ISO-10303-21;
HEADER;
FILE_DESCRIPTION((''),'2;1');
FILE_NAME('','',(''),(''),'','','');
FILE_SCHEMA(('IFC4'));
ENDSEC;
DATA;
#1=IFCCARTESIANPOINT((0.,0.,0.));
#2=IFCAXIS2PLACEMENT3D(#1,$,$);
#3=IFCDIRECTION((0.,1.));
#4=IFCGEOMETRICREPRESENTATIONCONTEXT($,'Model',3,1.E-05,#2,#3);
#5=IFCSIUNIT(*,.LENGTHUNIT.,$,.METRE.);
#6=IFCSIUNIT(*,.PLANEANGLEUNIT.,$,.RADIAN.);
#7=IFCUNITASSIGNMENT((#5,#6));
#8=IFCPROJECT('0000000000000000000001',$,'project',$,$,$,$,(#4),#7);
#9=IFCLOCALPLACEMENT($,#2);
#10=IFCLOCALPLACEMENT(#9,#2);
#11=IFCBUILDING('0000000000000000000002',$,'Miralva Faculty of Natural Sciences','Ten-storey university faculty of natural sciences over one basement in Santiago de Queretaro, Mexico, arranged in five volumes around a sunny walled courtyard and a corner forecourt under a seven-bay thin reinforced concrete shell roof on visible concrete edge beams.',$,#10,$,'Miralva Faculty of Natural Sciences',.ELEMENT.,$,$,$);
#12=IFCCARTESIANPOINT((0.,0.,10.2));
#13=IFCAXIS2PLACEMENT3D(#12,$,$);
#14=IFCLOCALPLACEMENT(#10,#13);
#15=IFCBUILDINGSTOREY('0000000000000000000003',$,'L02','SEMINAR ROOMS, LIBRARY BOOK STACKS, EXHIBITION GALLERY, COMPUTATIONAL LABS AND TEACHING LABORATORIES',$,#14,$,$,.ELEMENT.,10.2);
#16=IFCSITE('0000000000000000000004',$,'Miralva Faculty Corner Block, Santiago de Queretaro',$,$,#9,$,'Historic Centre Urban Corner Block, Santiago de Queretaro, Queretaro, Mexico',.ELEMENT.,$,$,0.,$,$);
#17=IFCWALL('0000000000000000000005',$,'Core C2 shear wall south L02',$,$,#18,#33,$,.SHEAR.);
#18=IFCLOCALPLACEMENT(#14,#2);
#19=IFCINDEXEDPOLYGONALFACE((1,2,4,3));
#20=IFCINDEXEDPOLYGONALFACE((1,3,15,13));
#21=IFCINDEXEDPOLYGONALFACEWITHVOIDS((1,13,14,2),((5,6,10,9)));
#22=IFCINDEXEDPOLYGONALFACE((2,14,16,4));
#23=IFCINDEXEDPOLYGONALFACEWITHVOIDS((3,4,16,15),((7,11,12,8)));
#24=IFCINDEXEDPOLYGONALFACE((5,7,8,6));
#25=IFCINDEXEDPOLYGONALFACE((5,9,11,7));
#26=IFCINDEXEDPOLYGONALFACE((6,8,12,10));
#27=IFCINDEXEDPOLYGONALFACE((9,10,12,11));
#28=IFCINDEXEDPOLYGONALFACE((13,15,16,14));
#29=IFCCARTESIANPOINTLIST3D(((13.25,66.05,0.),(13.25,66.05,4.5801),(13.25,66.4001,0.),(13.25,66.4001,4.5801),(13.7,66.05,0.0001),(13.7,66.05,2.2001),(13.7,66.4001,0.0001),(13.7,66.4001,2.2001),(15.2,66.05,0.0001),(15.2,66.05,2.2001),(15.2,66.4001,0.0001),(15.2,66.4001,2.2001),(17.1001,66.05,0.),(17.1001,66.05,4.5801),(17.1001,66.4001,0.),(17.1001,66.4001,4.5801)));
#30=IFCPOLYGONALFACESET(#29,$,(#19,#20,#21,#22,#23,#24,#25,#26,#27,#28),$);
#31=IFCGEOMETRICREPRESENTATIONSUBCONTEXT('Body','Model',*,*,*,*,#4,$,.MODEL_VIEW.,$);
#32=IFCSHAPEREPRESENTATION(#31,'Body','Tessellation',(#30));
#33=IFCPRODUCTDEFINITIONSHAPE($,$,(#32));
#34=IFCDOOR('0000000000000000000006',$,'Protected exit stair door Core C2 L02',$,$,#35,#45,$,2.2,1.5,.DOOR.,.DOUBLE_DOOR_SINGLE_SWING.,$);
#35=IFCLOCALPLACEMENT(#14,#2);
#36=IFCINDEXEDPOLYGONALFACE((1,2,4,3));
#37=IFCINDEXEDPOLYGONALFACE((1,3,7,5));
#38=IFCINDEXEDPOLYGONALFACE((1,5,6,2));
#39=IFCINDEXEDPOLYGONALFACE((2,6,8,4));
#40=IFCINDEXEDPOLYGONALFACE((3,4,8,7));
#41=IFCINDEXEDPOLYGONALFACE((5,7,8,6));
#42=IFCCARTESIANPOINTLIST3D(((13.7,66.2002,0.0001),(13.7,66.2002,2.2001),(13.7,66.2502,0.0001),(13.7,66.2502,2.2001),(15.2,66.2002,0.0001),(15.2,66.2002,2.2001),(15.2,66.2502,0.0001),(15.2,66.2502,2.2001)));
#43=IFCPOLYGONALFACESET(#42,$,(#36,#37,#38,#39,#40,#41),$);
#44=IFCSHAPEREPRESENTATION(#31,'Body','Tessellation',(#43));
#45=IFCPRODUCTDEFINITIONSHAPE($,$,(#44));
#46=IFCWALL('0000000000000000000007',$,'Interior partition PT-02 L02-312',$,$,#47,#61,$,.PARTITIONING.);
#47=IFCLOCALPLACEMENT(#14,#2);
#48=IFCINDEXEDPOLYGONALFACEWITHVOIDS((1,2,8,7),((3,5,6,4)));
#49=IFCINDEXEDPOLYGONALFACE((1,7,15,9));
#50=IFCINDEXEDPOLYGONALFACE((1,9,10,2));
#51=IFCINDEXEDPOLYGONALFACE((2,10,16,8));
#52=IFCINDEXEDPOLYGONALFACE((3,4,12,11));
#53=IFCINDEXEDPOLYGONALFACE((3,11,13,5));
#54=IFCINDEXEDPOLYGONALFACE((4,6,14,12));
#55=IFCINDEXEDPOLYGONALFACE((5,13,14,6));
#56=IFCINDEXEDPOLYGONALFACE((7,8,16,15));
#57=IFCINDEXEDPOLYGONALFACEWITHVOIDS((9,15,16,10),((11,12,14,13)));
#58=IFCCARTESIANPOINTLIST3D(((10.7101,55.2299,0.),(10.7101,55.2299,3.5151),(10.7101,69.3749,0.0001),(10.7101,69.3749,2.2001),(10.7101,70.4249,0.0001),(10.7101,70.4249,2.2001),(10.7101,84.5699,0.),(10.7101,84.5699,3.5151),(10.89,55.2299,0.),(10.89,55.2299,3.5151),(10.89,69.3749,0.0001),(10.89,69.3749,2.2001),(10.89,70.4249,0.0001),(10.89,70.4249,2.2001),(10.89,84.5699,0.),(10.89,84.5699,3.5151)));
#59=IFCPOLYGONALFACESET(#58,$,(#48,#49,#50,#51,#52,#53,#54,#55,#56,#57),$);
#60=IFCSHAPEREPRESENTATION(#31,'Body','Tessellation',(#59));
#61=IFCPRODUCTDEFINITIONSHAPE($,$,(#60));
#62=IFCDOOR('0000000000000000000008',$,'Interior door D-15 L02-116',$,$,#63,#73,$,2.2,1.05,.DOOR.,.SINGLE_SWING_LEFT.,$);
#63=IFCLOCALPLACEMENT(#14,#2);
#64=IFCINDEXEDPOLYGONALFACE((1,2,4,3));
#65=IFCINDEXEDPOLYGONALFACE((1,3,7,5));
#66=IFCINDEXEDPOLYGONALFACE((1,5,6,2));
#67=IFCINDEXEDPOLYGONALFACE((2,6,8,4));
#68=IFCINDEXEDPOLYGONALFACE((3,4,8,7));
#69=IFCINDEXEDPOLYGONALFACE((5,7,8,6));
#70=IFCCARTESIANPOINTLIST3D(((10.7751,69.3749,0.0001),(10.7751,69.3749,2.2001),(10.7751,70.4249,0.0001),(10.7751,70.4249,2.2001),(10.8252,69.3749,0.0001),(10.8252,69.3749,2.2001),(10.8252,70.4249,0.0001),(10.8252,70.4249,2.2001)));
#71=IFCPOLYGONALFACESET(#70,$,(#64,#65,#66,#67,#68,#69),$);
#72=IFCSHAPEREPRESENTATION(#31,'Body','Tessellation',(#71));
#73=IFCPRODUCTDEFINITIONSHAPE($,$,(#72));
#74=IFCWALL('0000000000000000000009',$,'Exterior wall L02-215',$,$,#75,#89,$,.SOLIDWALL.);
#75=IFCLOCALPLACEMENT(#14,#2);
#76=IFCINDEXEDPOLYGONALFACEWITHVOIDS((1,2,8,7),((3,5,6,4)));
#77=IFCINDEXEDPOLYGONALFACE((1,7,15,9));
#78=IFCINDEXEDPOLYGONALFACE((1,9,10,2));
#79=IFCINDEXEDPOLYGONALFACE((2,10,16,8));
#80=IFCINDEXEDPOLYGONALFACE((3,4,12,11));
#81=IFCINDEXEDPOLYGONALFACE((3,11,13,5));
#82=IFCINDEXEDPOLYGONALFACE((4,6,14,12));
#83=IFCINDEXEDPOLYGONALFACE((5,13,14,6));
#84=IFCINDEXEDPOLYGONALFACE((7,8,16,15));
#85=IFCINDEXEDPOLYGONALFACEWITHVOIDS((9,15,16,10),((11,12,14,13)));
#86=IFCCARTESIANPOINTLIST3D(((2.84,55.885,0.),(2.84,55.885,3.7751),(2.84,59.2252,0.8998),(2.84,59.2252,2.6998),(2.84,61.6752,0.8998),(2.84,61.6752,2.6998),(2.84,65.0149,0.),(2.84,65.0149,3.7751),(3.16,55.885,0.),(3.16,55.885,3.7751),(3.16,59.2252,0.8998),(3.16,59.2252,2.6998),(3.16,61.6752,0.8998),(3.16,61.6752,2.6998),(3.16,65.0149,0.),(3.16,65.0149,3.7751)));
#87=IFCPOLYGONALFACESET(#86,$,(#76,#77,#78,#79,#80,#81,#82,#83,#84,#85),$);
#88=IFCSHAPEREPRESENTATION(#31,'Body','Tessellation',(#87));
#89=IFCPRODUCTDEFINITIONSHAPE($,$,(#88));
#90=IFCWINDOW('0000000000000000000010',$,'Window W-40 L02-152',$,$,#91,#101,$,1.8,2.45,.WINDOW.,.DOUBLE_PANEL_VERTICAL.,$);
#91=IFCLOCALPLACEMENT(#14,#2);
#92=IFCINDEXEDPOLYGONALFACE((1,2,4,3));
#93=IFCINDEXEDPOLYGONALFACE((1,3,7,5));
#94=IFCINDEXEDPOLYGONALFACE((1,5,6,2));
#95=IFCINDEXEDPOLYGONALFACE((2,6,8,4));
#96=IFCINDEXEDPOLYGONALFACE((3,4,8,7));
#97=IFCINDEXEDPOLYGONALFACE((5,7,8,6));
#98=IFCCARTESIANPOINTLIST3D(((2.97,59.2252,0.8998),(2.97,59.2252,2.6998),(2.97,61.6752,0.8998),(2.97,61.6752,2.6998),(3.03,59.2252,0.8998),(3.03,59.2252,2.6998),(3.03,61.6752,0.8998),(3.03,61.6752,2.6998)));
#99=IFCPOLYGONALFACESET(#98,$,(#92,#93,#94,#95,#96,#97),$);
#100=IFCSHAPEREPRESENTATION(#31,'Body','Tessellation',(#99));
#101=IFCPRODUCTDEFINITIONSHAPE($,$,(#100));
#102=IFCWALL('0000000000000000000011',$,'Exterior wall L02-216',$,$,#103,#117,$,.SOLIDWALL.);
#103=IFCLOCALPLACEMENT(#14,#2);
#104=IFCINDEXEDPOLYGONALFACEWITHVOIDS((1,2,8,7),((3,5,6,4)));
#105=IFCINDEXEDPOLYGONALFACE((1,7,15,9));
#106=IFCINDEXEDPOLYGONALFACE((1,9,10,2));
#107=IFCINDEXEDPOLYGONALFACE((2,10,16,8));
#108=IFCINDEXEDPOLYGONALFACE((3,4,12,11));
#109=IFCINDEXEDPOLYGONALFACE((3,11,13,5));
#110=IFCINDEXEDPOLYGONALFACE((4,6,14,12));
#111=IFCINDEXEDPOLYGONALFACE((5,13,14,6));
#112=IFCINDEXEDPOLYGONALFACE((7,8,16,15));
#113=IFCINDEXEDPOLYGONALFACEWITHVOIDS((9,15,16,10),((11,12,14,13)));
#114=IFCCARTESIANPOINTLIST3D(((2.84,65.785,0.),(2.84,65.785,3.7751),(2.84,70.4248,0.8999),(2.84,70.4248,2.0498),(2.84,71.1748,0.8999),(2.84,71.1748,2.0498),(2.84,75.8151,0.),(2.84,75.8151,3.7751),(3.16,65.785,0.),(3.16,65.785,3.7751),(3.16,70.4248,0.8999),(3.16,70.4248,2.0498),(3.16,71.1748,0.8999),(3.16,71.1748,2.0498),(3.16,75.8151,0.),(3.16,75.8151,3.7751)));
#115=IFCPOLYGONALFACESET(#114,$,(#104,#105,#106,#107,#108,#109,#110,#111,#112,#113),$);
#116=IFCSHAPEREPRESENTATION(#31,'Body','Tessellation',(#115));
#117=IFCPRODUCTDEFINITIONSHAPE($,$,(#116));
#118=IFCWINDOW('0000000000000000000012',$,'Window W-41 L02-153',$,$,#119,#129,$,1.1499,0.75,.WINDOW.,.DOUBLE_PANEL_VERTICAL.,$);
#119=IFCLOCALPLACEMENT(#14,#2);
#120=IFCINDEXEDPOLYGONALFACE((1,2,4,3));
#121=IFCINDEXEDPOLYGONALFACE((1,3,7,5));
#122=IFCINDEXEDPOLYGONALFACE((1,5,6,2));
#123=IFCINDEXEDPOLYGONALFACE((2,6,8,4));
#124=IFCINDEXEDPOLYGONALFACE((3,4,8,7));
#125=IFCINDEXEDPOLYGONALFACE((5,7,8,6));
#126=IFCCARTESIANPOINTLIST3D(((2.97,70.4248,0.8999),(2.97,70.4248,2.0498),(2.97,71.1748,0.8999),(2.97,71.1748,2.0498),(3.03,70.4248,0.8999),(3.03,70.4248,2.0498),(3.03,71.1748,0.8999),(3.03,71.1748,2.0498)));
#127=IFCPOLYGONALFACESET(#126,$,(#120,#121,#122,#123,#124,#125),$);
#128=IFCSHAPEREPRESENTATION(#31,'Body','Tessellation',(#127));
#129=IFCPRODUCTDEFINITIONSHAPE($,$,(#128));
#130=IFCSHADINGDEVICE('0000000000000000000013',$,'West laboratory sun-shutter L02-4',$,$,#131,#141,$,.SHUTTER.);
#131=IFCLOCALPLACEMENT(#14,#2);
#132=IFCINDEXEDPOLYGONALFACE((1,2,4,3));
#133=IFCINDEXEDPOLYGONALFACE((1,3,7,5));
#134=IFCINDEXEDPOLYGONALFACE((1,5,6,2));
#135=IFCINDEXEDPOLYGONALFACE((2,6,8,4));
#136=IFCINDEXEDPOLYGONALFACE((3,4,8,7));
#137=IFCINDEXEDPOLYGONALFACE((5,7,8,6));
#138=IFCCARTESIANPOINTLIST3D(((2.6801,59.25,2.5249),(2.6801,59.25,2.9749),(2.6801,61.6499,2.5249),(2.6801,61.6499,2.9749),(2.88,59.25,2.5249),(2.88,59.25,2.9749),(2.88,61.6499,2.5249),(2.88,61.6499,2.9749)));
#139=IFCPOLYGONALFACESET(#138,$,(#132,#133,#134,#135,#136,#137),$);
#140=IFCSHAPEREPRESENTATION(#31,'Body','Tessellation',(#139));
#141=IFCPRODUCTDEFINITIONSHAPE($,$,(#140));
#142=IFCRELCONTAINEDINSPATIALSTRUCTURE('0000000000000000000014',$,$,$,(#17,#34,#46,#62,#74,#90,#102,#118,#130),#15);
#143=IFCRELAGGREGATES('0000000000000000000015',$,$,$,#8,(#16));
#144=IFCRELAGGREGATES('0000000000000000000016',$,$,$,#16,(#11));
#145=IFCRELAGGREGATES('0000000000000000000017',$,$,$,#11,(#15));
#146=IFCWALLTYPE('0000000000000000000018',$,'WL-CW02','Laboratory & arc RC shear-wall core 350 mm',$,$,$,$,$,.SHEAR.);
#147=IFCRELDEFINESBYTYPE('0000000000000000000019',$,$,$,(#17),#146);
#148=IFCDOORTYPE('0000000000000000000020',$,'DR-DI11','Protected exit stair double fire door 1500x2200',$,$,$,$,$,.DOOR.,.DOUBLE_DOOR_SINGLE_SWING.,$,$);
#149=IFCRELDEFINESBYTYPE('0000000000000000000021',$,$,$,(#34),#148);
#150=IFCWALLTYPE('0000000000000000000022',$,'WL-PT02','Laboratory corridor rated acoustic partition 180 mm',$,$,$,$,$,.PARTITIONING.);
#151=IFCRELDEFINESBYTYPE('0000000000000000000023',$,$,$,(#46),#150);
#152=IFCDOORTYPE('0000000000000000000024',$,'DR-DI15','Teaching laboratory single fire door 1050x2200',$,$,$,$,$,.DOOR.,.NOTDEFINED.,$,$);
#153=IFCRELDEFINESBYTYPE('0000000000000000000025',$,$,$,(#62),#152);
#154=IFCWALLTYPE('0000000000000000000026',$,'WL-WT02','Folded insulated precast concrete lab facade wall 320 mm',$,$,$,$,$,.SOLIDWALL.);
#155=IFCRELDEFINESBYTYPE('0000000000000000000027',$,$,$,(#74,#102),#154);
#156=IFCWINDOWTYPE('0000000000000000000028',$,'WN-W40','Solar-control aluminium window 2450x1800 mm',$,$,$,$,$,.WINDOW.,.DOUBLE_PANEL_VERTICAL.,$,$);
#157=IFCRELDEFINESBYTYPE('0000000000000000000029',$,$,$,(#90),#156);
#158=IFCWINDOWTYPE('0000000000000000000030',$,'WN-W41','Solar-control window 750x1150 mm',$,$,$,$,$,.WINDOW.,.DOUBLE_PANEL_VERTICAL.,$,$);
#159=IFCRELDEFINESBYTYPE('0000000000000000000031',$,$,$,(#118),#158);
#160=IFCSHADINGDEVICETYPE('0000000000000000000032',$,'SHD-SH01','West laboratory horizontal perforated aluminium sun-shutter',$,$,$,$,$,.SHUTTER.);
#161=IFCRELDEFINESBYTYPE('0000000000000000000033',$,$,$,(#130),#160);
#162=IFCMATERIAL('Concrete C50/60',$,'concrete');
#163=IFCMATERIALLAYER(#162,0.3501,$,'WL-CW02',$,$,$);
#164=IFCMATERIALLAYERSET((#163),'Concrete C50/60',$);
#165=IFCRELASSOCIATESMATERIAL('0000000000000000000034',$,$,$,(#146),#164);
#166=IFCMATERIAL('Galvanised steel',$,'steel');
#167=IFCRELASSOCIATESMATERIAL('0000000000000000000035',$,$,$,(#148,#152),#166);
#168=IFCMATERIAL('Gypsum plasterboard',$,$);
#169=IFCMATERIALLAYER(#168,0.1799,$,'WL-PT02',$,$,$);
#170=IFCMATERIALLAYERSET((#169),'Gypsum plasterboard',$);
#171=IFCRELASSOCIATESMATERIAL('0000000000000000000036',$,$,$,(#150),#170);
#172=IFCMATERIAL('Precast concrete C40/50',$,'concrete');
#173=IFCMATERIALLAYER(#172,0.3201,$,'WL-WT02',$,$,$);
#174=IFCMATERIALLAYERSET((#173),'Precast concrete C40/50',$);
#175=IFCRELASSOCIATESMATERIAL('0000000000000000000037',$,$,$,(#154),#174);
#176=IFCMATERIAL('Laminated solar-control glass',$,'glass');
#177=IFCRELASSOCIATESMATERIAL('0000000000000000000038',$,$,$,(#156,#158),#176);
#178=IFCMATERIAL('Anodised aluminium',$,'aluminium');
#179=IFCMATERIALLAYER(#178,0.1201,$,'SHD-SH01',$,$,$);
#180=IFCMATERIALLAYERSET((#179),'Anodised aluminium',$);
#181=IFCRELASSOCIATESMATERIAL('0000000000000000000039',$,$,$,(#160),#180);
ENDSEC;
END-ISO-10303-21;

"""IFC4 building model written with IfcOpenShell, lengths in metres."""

from ifc_helpers import new_model, si_unit, direction, frame, frame_2d, origin, origin_2d, place, context, subcontext, project, spatial, rectangle, extrude, material, layer, layer_set, type_object, element, fill, save


model = new_model("IFC4")

# Units and contexts
model_context = context("Model", 3, precision=1e-05, world=origin(), true_north=direction((0.0, 1.0)))
body_context = subcontext(model_context, "Body", "Model", "MODEL_VIEW")
ifc_project = project(units=[si_unit("LENGTHUNIT", "METRE"), si_unit("PLANEANGLEUNIT", "RADIAN")], contexts=[model_context])

# Site, building, storey
site_placement = place(None, origin())
site = spatial("IfcSite", under=ifc_project, at=site_placement, Name="Miralva Faculty Corner Block, Santiago de Queretaro", LongName="Historic Centre Urban Corner Block, Santiago de Queretaro, Queretaro, Mexico", CompositionType="ELEMENT", RefElevation=0.0)
building_placement = place(site_placement, origin())
building = spatial("IfcBuilding", under=site, at=building_placement, Name="Miralva Faculty of Natural Sciences", Description="Ten-storey university faculty of natural sciences over one basement in Santiago de Queretaro, Mexico, arranged in five volumes around a sunny walled courtyard and a corner forecourt under a seven-bay thin reinforced concrete shell roof on visible concrete edge beams.", LongName="Miralva Faculty of Natural Sciences", CompositionType="ELEMENT")
storey_placement = place(building_placement, frame((0.0, 0.0, 10.2)))
storey = spatial("IfcBuildingStorey", under=building, at=storey_placement, Name="L02", Description="SEMINAR ROOMS, LIBRARY BOOK STACKS, EXHIBITION GALLERY, COMPUTATIONAL LABS AND TEACHING LABORATORIES", CompositionType="ELEMENT", Elevation=10.2)

# Walls, openings, doors
ifc_material_1 = material(Name="Concrete C50/60", Category="concrete")
ifc_layer_1 = layer(ifc_material_1, 0.3501, Name="WL-CW02")
ifc_layer_set_1 = layer_set([ifc_layer_1], Name="Concrete C50/60")
wall_type_1 = type_object("IfcWallType", Name="WL-CW02", Description="Laboratory & arc RC shear-wall core 350 mm", PredefinedType="SHEAR", material=ifc_layer_set_1)
wall_1_placement = place(storey_placement, frame((13.25, 66.2251, 0.0), z_axis=(0.0, 0.0, 1.0), x_axis=(1.0, 0.0, 0.0)))
wall_1 = element("IfcWall", 1, at=wall_1_placement, inside=storey, type_object=wall_type_1, Name="Core C2 shear wall south L02", PredefinedType="SHEAR", context=body_context, shape_type="SweptSolid", body=[
    extrude(rectangle(XDim=3.8501, YDim=0.3501, at=frame_2d((1.925, 0.0))), origin(), (0.0, 0.0, 1.0), 4.5801),
])
opening_1_placement = place(wall_1_placement, frame((0.45, 0.0, 0.0)))
opening_1 = element("IfcOpeningElement", 2, at=opening_1_placement, cuts=wall_1, PredefinedType="OPENING", context=body_context, shape_type="SweptSolid", body=[
    extrude(rectangle(XDim=1.5, YDim=2.2, at=frame_2d((0.75, 1.1001))), frame((0.0, 0.1851, 0.0), z_axis=(0.0, -1.0, 0.0), x_axis=(1.0, 0.0, 0.0)), (0.0, 0.0, 1.0), 0.3701),
])
ifc_material_2 = material(Name="Galvanised steel", Category="steel")
door_type_1 = type_object("IfcDoorType", Name="DR-DI11", Description="Protected exit stair double fire door 1500x2200", OperationType="DOUBLE_DOOR_SINGLE_SWING", PredefinedType="DOOR", material=ifc_material_2)
door_1_placement = place(opening_1_placement, frame((1.5, 0.0, 0.0), z_axis=(0.0, 0.0, 1.0), x_axis=(-1.0, 0.0, 0.0)))
door_1 = element("IfcDoor", 3, at=door_1_placement, inside=storey, type_object=door_type_1, Name="Protected exit stair door Core C2 L02", OperationType="DOUBLE_DOOR_SINGLE_SWING", OverallHeight=2.2, OverallWidth=1.5, PredefinedType="DOOR", context=body_context, shape_type="SweptSolid", body=[
    extrude(rectangle(XDim=1.5, YDim=2.2, at=frame_2d((0.75, 1.1001))), frame((0.0, 0.0249, 0.0), z_axis=(0.0, -1.0, 0.0), x_axis=(1.0, 0.0, 0.0)), (0.0, 0.0, 1.0), 0.05),
])
fill(opening_1, door_1)
ifc_material_3 = material(Name="Gypsum plasterboard")
ifc_layer_2 = layer(ifc_material_3, 0.1799, Name="WL-PT02")
ifc_layer_set_2 = layer_set([ifc_layer_2], Name="Gypsum plasterboard")
wall_type_2 = type_object("IfcWallType", Name="WL-PT02", Description="Laboratory corridor rated acoustic partition 180 mm", PredefinedType="PARTITIONING", material=ifc_layer_set_2)
wall_2_placement = place(storey_placement, frame((10.8, 55.23, 0.0), z_axis=(0.0, 0.0, 1.0), x_axis=(0.0, 1.0, 0.0)))
wall_2 = element("IfcWall", 4, at=wall_2_placement, inside=storey, type_object=wall_type_2, Name="Interior partition PT-02 L02-312", PredefinedType="PARTITIONING", context=body_context, shape_type="SweptSolid", body=[
    extrude(rectangle(XDim=29.3401, YDim=0.1799, at=frame_2d((14.6699, 0.0))), origin(), (0.0, 0.0, 1.0), 3.5151),
])
opening_2_placement = place(wall_2_placement, frame((14.145, 0.0, 0.0)))
opening_2 = element("IfcOpeningElement", 5, at=opening_2_placement, cuts=wall_2, PredefinedType="OPENING", context=body_context, shape_type="SweptSolid", body=[
    extrude(rectangle(XDim=1.05, YDim=2.2, at=frame_2d((0.5249, 1.1001))), frame((0.0, 0.0999, 0.0), z_axis=(0.0, -1.0, 0.0), x_axis=(1.0, 0.0, 0.0)), (0.0, 0.0, 1.0), 0.2),
])
door_type_2 = type_object("IfcDoorType", Name="DR-DI15", Description="Teaching laboratory single fire door 1050x2200", OperationType="NOTDEFINED", PredefinedType="DOOR", material=ifc_material_2)
door_2_placement = place(opening_2_placement, origin())
door_2 = element("IfcDoor", 6, at=door_2_placement, inside=storey, type_object=door_type_2, Name="Interior door D-15 L02-116", OperationType="SINGLE_SWING_LEFT", OverallHeight=2.2, OverallWidth=1.05, PredefinedType="DOOR", context=body_context, shape_type="SweptSolid", body=[
    extrude(rectangle(XDim=1.05, YDim=2.2, at=frame_2d((0.5249, 1.1001))), frame((0.0, 0.0249, 0.0), z_axis=(0.0, -1.0, 0.0), x_axis=(1.0, 0.0, 0.0)), (0.0, 0.0, 1.0), 0.05),
])
fill(opening_2, door_2)

# Walls, openings, windows
ifc_material_4 = material(Name="Precast concrete C40/50", Category="concrete")
ifc_layer_3 = layer(ifc_material_4, 0.3201, Name="WL-WT02")
ifc_layer_set_3 = layer_set([ifc_layer_3], Name="Precast concrete C40/50")
wall_type_3 = type_object("IfcWallType", Name="WL-WT02", Description="Folded insulated precast concrete lab facade wall 320 mm", PredefinedType="SOLIDWALL", material=ifc_layer_set_3)
wall_3_placement = place(storey_placement, frame((3.0, 55.885, 0.0), z_axis=(0.0, 0.0, 1.0), x_axis=(0.0, 1.0, 0.0)))
wall_3 = element("IfcWall", 7, at=wall_3_placement, inside=storey, type_object=wall_type_3, Name="Exterior wall L02-215", PredefinedType="SOLIDWALL", context=body_context, shape_type="SweptSolid", body=[
    extrude(rectangle(XDim=9.1299, YDim=0.3201, at=frame_2d((4.5649, 0.0))), origin(), (0.0, 0.0, 1.0), 3.7751),
])
opening_3_placement = place(wall_3_placement, frame((3.3401, 0.0, 0.8999)))
opening_3 = element("IfcOpeningElement", 8, at=opening_3_placement, cuts=wall_3, PredefinedType="OPENING", context=body_context, shape_type="SweptSolid", body=[
    extrude(rectangle(XDim=2.45, YDim=1.8, at=frame_2d((1.2251, 0.8999))), frame((0.0, 0.1699, 0.0), z_axis=(0.0, -1.0, 0.0), x_axis=(1.0, 0.0, 0.0)), (0.0, 0.0, 1.0), 0.3401),
])
ifc_material_5 = material(Name="Laminated solar-control glass", Category="glass")
window_type_1 = type_object("IfcWindowType", Name="WN-W40", Description="Solar-control aluminium window 2450x1800 mm", PartitioningType="DOUBLE_PANEL_VERTICAL", PredefinedType="WINDOW", material=ifc_material_5)
window_1_placement = place(opening_3_placement, origin())
window_1 = element("IfcWindow", 9, at=window_1_placement, inside=storey, type_object=window_type_1, Name="Window W-40 L02-152", OverallHeight=1.8, OverallWidth=2.45, PartitioningType="DOUBLE_PANEL_VERTICAL", PredefinedType="WINDOW", context=body_context, shape_type="SweptSolid", body=[
    extrude(rectangle(XDim=2.45, YDim=1.8, at=frame_2d((1.2251, 0.8999))), frame((0.0, 0.03, 0.0), z_axis=(0.0, -1.0, 0.0), x_axis=(1.0, 0.0, 0.0)), (0.0, 0.0, 1.0), 0.0601),
])
fill(opening_3, window_1)
wall_4_placement = place(storey_placement, frame((3.0, 65.7849, 0.0), z_axis=(0.0, 0.0, 1.0), x_axis=(0.0, 1.0, 0.0)))
wall_4 = element("IfcWall", 10, at=wall_4_placement, inside=storey, type_object=wall_type_3, Name="Exterior wall L02-216", PredefinedType="SOLIDWALL", context=body_context, shape_type="SweptSolid", body=[
    extrude(rectangle(XDim=10.03, YDim=0.3201, at=frame_2d((5.0151, 0.0))), origin(), (0.0, 0.0, 1.0), 3.7751),
])
opening_4_placement = place(wall_4_placement, frame((4.6399, 0.0, 0.8999)))
opening_4 = element("IfcOpeningElement", 11, at=opening_4_placement, cuts=wall_4, PredefinedType="OPENING", context=body_context, shape_type="SweptSolid", body=[
    extrude(rectangle(XDim=0.75, YDim=1.1499, at=frame_2d((0.375, 0.575))), frame((0.0, 0.1699, 0.0), z_axis=(0.0, -1.0, 0.0), x_axis=(1.0, 0.0, 0.0)), (0.0, 0.0, 1.0), 0.3401),
])
window_type_2 = type_object("IfcWindowType", Name="WN-W41", Description="Solar-control window 750x1150 mm", PartitioningType="DOUBLE_PANEL_VERTICAL", PredefinedType="WINDOW", material=ifc_material_5)
window_2_placement = place(opening_4_placement, origin())
window_2 = element("IfcWindow", 12, at=window_2_placement, inside=storey, type_object=window_type_2, Name="Window W-41 L02-153", OverallHeight=1.1499, OverallWidth=0.75, PartitioningType="DOUBLE_PANEL_VERTICAL", PredefinedType="WINDOW", context=body_context, shape_type="SweptSolid", body=[
    extrude(rectangle(XDim=0.75, YDim=1.1499, at=frame_2d((0.375, 0.575))), frame((0.0, 0.03, 0.0), z_axis=(0.0, -1.0, 0.0), x_axis=(1.0, 0.0, 0.0)), (0.0, 0.0, 1.0), 0.0601),
])
fill(opening_4, window_2)

# Shading device
ifc_material_6 = material(Name="Anodised aluminium", Category="aluminium")
ifc_layer_4 = layer(ifc_material_6, 0.1201, Name="SHD-SH01")
ifc_layer_set_4 = layer_set([ifc_layer_4], Name="Anodised aluminium")
shading_device_type = type_object("IfcShadingDeviceType", Name="SHD-SH01", Description="West laboratory horizontal perforated aluminium sun-shutter", PredefinedType="SHUTTER", material=ifc_layer_set_4)
shading_device_placement = place(storey_placement, frame((2.78, 60.45, 2.5249), z_axis=(0.0, 0.0, 1.0), x_axis=(1.0, 0.0, 0.0)))
element("IfcShadingDevice", 13, at=shading_device_placement, inside=storey, type_object=shading_device_type, Name="West laboratory sun-shutter L02-4", PredefinedType="SHUTTER", context=body_context, shape_type="SweptSolid", body=[
    extrude(rectangle(XDim=0.2, YDim=2.3999, at=origin_2d()), origin(), (0.0, 0.0, 1.0), 0.45),
])

save(model, "model.ifc")
